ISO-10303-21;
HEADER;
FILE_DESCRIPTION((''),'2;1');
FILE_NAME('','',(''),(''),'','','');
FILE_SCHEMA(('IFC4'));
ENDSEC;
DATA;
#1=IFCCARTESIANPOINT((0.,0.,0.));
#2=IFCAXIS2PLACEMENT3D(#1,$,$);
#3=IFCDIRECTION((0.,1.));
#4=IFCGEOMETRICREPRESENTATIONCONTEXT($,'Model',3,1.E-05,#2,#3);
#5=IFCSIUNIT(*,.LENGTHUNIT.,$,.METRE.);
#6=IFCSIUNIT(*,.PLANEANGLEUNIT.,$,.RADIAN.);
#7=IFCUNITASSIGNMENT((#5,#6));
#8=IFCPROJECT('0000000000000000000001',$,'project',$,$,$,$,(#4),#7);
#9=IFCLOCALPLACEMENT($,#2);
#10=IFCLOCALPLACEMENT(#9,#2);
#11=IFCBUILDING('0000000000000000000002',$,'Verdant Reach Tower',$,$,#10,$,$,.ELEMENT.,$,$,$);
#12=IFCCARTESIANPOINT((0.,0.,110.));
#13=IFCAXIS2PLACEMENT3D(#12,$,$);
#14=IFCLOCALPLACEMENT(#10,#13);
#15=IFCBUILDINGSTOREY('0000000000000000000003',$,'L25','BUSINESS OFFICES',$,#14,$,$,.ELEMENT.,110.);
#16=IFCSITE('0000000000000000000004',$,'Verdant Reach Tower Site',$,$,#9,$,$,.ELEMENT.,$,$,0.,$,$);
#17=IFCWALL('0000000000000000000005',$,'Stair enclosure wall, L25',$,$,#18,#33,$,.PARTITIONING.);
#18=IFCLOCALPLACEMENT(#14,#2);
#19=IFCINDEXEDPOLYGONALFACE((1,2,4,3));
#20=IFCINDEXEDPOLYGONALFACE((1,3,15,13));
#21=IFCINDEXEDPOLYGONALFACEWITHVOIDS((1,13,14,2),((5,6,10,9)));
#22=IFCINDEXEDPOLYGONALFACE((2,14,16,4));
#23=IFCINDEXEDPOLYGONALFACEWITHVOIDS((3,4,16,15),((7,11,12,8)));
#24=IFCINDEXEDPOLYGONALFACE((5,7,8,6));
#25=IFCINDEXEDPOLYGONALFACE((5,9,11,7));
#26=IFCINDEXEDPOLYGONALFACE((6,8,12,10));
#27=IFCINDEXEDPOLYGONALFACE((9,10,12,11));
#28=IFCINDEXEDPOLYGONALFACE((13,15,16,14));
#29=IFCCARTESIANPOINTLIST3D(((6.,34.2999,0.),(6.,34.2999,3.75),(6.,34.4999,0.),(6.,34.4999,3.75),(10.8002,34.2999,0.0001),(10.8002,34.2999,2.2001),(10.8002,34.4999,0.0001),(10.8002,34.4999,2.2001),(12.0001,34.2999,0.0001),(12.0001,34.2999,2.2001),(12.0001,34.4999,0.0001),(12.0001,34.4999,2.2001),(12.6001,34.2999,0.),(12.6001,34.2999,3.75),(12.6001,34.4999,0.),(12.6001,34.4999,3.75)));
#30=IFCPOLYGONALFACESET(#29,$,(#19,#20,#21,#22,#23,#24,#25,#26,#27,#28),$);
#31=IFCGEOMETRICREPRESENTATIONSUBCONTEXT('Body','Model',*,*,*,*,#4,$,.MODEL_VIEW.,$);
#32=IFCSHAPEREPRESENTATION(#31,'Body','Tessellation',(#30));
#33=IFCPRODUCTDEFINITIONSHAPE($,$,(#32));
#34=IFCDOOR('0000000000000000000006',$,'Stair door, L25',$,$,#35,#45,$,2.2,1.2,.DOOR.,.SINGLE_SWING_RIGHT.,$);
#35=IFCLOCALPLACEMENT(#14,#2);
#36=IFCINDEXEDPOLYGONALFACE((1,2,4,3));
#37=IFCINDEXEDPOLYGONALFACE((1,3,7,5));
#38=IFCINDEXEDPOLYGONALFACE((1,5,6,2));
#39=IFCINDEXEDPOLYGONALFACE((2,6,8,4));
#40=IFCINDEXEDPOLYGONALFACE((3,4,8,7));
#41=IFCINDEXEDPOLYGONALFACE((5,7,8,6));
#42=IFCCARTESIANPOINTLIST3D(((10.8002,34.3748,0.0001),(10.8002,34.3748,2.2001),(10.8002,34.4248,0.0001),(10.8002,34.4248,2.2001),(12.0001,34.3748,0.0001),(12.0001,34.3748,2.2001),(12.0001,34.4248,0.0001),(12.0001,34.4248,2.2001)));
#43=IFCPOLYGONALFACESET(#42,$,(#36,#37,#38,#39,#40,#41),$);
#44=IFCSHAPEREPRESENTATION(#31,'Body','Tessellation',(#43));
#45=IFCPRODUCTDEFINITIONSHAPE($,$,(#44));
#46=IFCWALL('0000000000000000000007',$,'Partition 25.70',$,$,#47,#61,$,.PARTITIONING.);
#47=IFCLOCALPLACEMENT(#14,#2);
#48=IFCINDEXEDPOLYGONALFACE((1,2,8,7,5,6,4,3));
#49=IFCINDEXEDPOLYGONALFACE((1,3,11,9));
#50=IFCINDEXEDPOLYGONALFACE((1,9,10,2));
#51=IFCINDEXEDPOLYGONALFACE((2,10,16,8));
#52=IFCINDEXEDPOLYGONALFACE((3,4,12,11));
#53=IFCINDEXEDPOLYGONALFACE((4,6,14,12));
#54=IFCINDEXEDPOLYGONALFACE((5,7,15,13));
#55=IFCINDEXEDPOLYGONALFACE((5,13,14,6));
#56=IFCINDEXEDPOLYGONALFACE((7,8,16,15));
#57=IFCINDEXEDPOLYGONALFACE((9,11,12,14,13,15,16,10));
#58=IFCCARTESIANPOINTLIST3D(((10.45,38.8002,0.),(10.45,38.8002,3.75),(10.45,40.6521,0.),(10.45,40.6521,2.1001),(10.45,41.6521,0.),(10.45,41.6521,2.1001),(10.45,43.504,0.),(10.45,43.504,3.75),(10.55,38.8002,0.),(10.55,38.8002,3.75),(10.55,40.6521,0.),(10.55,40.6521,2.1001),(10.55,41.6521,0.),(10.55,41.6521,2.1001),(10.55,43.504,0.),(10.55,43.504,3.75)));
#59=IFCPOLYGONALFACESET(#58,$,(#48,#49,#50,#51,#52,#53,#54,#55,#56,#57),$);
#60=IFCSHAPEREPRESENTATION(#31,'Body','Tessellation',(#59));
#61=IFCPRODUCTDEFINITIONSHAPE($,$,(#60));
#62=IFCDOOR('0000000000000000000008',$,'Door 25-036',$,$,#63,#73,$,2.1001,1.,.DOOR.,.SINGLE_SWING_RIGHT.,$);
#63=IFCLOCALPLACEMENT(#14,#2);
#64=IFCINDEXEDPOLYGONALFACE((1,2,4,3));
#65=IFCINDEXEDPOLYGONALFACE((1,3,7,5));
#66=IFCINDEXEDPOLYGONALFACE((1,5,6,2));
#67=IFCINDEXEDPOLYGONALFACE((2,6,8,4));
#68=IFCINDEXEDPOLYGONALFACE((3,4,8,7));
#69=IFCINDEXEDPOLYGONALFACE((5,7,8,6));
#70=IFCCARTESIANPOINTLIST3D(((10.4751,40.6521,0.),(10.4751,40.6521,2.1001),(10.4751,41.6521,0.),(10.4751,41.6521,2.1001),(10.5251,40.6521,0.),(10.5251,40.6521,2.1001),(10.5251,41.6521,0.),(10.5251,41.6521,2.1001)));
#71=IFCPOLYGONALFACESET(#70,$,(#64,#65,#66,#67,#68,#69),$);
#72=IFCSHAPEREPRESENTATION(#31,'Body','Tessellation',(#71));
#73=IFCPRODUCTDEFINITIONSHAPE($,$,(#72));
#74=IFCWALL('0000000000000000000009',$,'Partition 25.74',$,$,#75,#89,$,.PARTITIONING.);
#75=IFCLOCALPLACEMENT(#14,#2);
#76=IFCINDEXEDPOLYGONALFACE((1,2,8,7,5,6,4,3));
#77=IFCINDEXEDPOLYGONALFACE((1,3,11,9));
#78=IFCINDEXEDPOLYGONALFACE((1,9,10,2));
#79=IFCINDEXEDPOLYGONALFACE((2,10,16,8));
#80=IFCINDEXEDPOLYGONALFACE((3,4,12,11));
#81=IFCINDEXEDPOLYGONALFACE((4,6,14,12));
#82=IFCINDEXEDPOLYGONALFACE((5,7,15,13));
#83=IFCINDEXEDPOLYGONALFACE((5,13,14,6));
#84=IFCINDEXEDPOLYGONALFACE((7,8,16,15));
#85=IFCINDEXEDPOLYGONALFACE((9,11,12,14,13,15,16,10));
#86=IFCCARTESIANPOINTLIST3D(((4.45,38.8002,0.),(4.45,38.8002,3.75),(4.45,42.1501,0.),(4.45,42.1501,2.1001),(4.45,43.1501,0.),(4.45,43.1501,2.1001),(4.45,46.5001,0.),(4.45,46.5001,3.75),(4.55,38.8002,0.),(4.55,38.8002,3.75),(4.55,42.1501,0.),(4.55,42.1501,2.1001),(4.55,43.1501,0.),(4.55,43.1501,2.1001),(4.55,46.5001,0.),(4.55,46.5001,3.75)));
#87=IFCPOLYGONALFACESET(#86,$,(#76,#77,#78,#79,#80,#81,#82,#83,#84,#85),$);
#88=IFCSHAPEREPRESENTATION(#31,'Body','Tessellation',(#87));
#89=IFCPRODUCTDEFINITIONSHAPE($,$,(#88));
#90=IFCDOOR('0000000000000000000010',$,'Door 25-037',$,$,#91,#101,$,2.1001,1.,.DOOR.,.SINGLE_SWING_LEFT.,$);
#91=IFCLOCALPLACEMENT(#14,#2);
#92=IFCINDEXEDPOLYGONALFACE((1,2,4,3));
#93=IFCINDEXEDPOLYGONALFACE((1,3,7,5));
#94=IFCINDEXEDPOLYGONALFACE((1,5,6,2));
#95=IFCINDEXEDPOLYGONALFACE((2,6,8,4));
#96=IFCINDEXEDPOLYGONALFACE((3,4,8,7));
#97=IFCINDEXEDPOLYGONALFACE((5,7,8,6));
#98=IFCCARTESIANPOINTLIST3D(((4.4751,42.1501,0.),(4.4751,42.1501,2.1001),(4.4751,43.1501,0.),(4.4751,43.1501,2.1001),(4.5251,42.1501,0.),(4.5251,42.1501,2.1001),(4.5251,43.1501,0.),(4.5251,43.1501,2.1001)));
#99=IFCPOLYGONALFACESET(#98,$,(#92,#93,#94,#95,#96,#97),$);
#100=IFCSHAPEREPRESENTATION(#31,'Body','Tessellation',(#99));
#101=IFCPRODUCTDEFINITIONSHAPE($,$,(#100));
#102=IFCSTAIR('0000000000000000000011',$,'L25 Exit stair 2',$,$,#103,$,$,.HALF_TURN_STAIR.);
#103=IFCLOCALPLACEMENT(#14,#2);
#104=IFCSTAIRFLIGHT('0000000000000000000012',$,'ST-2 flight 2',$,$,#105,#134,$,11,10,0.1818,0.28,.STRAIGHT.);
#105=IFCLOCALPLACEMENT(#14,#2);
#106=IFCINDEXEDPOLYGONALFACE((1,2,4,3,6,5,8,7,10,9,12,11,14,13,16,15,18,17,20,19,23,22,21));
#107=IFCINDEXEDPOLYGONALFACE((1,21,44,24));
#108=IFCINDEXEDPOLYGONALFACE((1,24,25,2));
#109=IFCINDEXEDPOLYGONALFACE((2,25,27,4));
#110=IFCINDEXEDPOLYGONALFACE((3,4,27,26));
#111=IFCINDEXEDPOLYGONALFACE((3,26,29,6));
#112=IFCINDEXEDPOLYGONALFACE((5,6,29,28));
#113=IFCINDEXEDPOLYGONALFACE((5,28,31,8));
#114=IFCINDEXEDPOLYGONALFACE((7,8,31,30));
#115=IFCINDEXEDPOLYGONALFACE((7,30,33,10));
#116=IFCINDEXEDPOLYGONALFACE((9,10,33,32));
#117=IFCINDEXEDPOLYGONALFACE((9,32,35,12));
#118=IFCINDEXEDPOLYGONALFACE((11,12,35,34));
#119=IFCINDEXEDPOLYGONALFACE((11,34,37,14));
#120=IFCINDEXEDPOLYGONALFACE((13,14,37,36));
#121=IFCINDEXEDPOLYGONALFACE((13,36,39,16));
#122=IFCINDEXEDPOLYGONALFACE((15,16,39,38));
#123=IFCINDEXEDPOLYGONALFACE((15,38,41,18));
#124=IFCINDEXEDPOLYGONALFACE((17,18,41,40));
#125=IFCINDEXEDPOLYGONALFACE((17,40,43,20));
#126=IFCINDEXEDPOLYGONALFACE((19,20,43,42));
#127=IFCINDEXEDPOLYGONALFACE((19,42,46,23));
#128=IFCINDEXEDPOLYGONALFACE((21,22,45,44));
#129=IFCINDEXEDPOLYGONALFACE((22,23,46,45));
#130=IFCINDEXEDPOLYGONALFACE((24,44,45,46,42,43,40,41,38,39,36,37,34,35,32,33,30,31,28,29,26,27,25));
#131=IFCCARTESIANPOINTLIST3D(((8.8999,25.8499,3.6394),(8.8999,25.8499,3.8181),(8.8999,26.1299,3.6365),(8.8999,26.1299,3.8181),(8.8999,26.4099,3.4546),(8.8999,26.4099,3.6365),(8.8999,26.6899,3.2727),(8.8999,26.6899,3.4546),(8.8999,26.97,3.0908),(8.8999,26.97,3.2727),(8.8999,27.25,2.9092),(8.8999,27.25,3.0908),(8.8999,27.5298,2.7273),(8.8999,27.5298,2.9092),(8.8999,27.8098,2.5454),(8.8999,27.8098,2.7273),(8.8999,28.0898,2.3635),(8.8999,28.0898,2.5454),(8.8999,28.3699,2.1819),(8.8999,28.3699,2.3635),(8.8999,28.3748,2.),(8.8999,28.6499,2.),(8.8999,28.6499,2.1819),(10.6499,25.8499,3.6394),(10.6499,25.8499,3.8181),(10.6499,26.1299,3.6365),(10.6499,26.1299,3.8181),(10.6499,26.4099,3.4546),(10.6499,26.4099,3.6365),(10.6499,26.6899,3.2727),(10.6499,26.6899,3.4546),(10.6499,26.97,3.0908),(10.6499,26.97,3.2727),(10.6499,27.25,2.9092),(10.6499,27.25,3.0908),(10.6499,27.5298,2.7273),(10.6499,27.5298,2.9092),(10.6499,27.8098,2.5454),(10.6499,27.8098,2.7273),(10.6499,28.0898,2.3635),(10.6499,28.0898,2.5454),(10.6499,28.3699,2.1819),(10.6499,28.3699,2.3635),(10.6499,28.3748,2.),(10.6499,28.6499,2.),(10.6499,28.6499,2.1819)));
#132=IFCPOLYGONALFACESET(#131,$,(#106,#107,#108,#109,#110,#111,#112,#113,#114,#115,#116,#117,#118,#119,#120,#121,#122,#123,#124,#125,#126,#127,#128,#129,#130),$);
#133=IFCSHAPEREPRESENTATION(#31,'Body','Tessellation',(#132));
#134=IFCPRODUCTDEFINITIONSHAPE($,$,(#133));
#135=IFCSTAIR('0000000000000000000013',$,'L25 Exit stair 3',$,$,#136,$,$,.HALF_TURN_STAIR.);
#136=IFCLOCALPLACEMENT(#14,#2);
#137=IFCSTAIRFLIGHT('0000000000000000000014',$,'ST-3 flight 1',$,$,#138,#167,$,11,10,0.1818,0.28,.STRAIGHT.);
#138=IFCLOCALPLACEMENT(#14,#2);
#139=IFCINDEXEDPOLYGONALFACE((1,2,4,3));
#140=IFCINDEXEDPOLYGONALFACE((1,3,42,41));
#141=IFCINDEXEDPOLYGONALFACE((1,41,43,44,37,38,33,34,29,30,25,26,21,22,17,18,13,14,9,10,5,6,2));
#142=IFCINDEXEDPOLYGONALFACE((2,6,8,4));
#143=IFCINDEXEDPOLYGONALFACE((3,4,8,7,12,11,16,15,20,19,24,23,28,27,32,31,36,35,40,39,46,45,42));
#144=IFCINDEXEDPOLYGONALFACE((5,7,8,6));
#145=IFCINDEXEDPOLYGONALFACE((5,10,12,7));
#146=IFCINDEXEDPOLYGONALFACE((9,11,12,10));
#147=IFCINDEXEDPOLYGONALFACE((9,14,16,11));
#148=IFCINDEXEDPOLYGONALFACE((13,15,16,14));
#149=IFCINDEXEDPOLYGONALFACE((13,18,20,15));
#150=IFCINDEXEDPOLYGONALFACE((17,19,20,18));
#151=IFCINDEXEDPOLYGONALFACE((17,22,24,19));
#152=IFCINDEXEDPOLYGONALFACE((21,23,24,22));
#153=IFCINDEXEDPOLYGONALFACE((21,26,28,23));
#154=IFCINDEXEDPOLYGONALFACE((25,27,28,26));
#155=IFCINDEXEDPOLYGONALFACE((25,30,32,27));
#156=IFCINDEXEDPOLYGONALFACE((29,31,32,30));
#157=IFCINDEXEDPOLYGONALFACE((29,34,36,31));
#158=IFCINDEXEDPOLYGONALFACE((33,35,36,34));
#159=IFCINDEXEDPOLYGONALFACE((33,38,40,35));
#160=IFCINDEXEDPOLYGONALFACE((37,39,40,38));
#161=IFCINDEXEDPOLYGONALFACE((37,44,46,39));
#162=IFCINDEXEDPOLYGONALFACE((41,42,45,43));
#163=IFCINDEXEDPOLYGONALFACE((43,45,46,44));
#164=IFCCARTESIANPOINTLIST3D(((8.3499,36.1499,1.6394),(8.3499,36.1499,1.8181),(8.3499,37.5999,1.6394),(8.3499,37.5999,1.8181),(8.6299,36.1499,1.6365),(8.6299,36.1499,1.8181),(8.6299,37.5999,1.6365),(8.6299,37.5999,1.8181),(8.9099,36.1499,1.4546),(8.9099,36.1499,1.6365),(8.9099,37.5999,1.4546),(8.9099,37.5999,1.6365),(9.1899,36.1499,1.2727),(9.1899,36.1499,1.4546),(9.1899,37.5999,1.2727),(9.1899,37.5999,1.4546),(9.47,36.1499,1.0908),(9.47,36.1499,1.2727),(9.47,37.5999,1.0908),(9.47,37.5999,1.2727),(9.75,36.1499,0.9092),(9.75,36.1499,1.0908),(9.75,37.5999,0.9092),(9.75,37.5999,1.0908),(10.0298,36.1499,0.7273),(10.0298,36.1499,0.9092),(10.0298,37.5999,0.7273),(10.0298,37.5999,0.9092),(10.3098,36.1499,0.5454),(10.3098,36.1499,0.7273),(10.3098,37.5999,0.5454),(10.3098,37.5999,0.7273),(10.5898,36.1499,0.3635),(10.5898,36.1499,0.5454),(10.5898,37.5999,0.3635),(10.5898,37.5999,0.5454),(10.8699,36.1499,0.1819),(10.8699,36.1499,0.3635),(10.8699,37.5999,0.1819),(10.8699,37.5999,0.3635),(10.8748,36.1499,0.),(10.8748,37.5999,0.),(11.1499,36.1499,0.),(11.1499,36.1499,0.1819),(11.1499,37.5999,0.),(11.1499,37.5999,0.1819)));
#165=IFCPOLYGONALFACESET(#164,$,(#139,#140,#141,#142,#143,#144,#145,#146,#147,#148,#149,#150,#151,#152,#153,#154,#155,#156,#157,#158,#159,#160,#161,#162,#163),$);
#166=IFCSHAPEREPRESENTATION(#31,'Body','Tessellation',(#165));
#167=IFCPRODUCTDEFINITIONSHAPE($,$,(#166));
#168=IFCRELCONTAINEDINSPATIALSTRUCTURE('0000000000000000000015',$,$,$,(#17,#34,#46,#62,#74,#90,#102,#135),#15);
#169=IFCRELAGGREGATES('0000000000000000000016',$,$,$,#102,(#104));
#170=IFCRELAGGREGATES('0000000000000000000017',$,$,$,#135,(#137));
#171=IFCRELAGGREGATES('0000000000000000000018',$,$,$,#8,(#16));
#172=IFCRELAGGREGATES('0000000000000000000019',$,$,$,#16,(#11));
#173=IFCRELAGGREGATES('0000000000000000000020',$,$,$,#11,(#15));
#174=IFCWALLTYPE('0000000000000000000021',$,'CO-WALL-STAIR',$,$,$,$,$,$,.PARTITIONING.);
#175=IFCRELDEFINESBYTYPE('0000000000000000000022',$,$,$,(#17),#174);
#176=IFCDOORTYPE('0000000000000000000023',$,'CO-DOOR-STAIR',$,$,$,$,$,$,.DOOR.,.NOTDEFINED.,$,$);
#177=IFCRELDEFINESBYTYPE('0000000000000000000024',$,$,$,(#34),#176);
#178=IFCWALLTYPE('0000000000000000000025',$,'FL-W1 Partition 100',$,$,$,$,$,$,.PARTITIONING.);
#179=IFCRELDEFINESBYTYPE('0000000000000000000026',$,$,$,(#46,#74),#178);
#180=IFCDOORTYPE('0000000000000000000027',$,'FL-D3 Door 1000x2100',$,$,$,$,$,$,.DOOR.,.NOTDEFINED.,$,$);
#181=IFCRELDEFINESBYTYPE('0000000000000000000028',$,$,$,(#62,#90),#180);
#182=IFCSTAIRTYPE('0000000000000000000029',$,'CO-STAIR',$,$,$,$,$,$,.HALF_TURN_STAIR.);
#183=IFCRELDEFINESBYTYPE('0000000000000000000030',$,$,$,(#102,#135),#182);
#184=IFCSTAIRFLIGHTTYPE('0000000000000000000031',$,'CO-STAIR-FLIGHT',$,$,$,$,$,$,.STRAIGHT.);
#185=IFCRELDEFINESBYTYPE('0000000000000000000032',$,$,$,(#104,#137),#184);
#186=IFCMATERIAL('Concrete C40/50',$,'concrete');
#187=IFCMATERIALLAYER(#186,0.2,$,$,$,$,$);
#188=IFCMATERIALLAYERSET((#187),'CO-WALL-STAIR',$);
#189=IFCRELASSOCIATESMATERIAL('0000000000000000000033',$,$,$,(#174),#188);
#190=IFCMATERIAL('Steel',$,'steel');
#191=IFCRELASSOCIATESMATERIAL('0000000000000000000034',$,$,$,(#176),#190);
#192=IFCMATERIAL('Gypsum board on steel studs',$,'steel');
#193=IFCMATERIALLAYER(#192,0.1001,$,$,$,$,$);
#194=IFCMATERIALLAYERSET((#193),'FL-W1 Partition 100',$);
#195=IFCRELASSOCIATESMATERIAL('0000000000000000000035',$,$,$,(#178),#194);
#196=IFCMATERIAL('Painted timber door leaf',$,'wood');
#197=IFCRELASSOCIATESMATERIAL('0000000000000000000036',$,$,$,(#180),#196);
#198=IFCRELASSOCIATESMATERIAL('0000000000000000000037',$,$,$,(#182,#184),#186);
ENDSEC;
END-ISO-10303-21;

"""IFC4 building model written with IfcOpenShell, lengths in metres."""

from ifc_helpers import new_model, si_unit, direction, frame, frame_2d, origin, place, context, subcontext, project, spatial, polyline, rectangle, outline, extrude, material, layer, layer_set, type_object, element, fill, aggregate, save


model = new_model("IFC4")

# Units and contexts
model_context = context("Model", 3, precision=1e-05, world=origin(), true_north=direction((0.0, 1.0)))
body_context = subcontext(model_context, "Body", "Model", "MODEL_VIEW")
ifc_project = project(units=[si_unit("LENGTHUNIT", "METRE"), si_unit("PLANEANGLEUNIT", "RADIAN")], contexts=[model_context])

# Site, building, storey
site_placement = place(None, origin())
site = spatial("IfcSite", under=ifc_project, at=site_placement, Name="Verdant Reach Tower Site", CompositionType="ELEMENT", RefElevation=0.0)
building_placement = place(site_placement, origin())
building = spatial("IfcBuilding", under=site, at=building_placement, Name="Verdant Reach Tower", CompositionType="ELEMENT")
storey_placement = place(building_placement, frame((0.0, 0.0, 110.0)))
storey = spatial("IfcBuildingStorey", under=building, at=storey_placement, Name="L25", Description="BUSINESS OFFICES", CompositionType="ELEMENT", Elevation=110.0)

# Shared definitions
ifc_material_1 = material(Name="Concrete C40/50", Category="concrete")
ifc_layer_1 = layer(ifc_material_1, 0.2)
ifc_layer_set_1 = layer_set([ifc_layer_1], Name="CO-WALL-STAIR")
wall_type_1 = type_object("IfcWallType", Name="CO-WALL-STAIR", PredefinedType="PARTITIONING", material=ifc_layer_set_1)

# Walls, openings, doors
wall_1_placement = place(storey_placement, frame((6.0, 34.3999, 0.0), z_axis=(0.0, 0.0, 1.0), x_axis=(1.0, 0.0, 0.0)))
wall_1 = element("IfcWall", 1, at=wall_1_placement, inside=storey, type_object=wall_type_1, Name="Stair enclosure wall, L25", PredefinedType="PARTITIONING", context=body_context, shape_type="SweptSolid", body=[
    extrude(rectangle(XDim=6.6001, YDim=0.2, at=frame_2d((3.3, 0.0))), origin(), (0.0, 0.0, 1.0), 3.75),
])
opening_1_placement = place(wall_1_placement, frame((4.8, 0.0, 0.0)))
opening_1 = element("IfcOpeningElement", 2, at=opening_1_placement, cuts=wall_1, PredefinedType="OPENING", context=body_context, shape_type="SweptSolid", body=[
    extrude(rectangle(XDim=1.2, YDim=2.2, at=frame_2d((0.6001, 1.1001))), frame((0.0, 0.1099, 0.0), z_axis=(0.0, -1.0, 0.0), x_axis=(1.0, 0.0, 0.0)), (0.0, 0.0, 1.0), 0.22),
])
ifc_material_2 = material(Name="Steel", Category="steel")
door_type_1 = type_object("IfcDoorType", Name="CO-DOOR-STAIR", OperationType="NOTDEFINED", PredefinedType="DOOR", material=ifc_material_2)
door_1_placement = place(opening_1_placement, origin())
door_1 = element("IfcDoor", 3, at=door_1_placement, inside=storey, type_object=door_type_1, Name="Stair door, L25", OperationType="SINGLE_SWING_RIGHT", OverallHeight=2.2, OverallWidth=1.2, PredefinedType="DOOR", context=body_context, shape_type="SweptSolid", body=[
    extrude(rectangle(XDim=1.2, YDim=2.2, at=frame_2d((0.6001, 1.1001))), frame((0.0, 0.0249, 0.0), z_axis=(0.0, -1.0, 0.0), x_axis=(1.0, 0.0, 0.0)), (0.0, 0.0, 1.0), 0.05),
])
fill(opening_1, door_1)
ifc_material_3 = material(Name="Gypsum board on steel studs", Category="steel")
ifc_layer_2 = layer(ifc_material_3, 0.1001)
ifc_layer_set_2 = layer_set([ifc_layer_2], Name="FL-W1 Partition 100")
wall_type_2 = type_object("IfcWallType", Name="FL-W1 Partition 100", PredefinedType="PARTITIONING", material=ifc_layer_set_2)
wall_2_placement = place(storey_placement, frame((10.5, 38.8, 0.0), z_axis=(0.0, 0.0, 1.0), x_axis=(0.0, 1.0, 0.0)))
wall_2 = element("IfcWall", 4, at=wall_2_placement, inside=storey, type_object=wall_type_2, Name="Partition 25.70", PredefinedType="PARTITIONING", context=body_context, shape_type="SweptSolid", body=[
    extrude(rectangle(XDim=4.7039, YDim=0.1001, at=frame_2d((2.3521, 0.0))), origin(), (0.0, 0.0, 1.0), 3.75),
])
opening_2_placement = place(wall_2_placement, frame((1.8521, 0.0, 0.0)))
opening_2 = element("IfcOpeningElement", 5, at=opening_2_placement, cuts=wall_2, PredefinedType="OPENING", context=body_context, shape_type="SweptSolid", body=[
    extrude(rectangle(XDim=1.0, YDim=2.1001, at=frame_2d((0.5, 1.05))), frame((0.0, 0.0601, 0.0), z_axis=(0.0, -1.0, 0.0), x_axis=(1.0, 0.0, 0.0)), (0.0, 0.0, 1.0), 0.1201),
])
ifc_material_4 = material(Name="Painted timber door leaf", Category="wood")
door_type_2 = type_object("IfcDoorType", Name="FL-D3 Door 1000x2100", OperationType="NOTDEFINED", PredefinedType="DOOR", material=ifc_material_4)
door_2_placement = place(opening_2_placement, origin())
door_2 = element("IfcDoor", 6, at=door_2_placement, inside=storey, type_object=door_type_2, Name="Door 25-036", OperationType="SINGLE_SWING_RIGHT", OverallHeight=2.1001, OverallWidth=1.0, PredefinedType="DOOR", context=body_context, shape_type="SweptSolid", body=[
    extrude(rectangle(XDim=1.0, YDim=2.1001, at=frame_2d((0.5, 1.05))), frame((0.0, 0.0249, 0.0), z_axis=(0.0, -1.0, 0.0), x_axis=(1.0, 0.0, 0.0)), (0.0, 0.0, 1.0), 0.05),
])
fill(opening_2, door_2)
wall_3_placement = place(storey_placement, frame((4.5, 38.8, 0.0), z_axis=(0.0, 0.0, 1.0), x_axis=(0.0, 1.0, 0.0)))
wall_3 = element("IfcWall", 7, at=wall_3_placement, inside=storey, type_object=wall_type_2, Name="Partition 25.74", PredefinedType="PARTITIONING", context=body_context, shape_type="SweptSolid", body=[
    extrude(rectangle(XDim=7.7, YDim=0.1001, at=frame_2d((3.8501, 0.0))), origin(), (0.0, 0.0, 1.0), 3.75),
])
opening_3_placement = place(wall_3_placement, frame((3.3501, 0.0, 0.0)))
opening_3 = element("IfcOpeningElement", 8, at=opening_3_placement, cuts=wall_3, PredefinedType="OPENING", context=body_context, shape_type="SweptSolid", body=[
    extrude(rectangle(XDim=1.0, YDim=2.1001, at=frame_2d((0.5, 1.05))), frame((0.0, 0.0601, 0.0), z_axis=(0.0, -1.0, 0.0), x_axis=(1.0, 0.0, 0.0)), (0.0, 0.0, 1.0), 0.1201),
])
door_3_placement = place(opening_3_placement, origin())
door_3 = element("IfcDoor", 9, at=door_3_placement, inside=storey, type_object=door_type_2, Name="Door 25-037", OperationType="SINGLE_SWING_LEFT", OverallHeight=2.1001, OverallWidth=1.0, PredefinedType="DOOR", context=body_context, shape_type="SweptSolid", body=[
    extrude(rectangle(XDim=1.0, YDim=2.1001, at=frame_2d((0.5, 1.05))), frame((0.0, 0.0249, 0.0), z_axis=(0.0, -1.0, 0.0), x_axis=(1.0, 0.0, 0.0)), (0.0, 0.0, 1.0), 0.05),
])
fill(opening_3, door_3)

# Stair, stair flight
stair_type = type_object("IfcStairType", Name="CO-STAIR", PredefinedType="HALF_TURN_STAIR", material=ifc_material_1)
stair_1_placement = place(storey_placement, origin())
stair_1 = element("IfcStair", 10, at=stair_1_placement, inside=storey, type_object=stair_type, Name="L25 Exit stair 2", PredefinedType="HALF_TURN_STAIR")
stair_flight_type = type_object("IfcStairFlightType", Name="CO-STAIR-FLIGHT", PredefinedType="STRAIGHT", material=ifc_material_1)
stair_flight_1_placement = place(storey_placement, frame((9.7749, 28.6499, 2.0), z_axis=(0.0, 0.0, 1.0), x_axis=(0.0, -1.0, 0.0)))
stair_flight_1 = element("IfcStairFlight", 11, at=stair_flight_1_placement, type_object=stair_flight_type, Name="ST-2 flight 2", NumberOfRisers=11, NumberOfTreads=10, PredefinedType="STRAIGHT", RiserHeight=0.1818, TreadLength=0.28, context=body_context, shape_type="SweptSolid", body=[
    extrude(outline(polyline([(0.0, 0.0), (0.0, 0.1819), (0.28, 0.1819), (0.28, 0.3635), (0.5601, 0.3635), (0.5601, 0.5454), (0.8401, 0.5454), (0.8401, 0.7273), (1.1201, 0.7273), (1.1201, 0.9092), (1.3999, 0.9092), (1.3999, 1.0908), (1.6799, 1.0908), (1.6799, 1.2727), (1.96, 1.2727), (1.96, 1.4546), (2.24, 1.4546), (2.24, 1.6365), (2.52, 1.6365), (2.52, 1.8181), (2.8, 1.8181), (2.8, 2.0), (2.8, 1.6394), (0.2751, 0.0), (0.0, 0.0)])), frame((0.0, 0.875, 0.0), z_axis=(0.0, -1.0, 0.0), x_axis=(1.0, 0.0, 0.0)), (0.0, 0.0, 1.0), 1.75),
])
aggregate(stair_1, [stair_flight_1])

# Stair, stair flight
stair_2_placement = place(storey_placement, origin())
stair_2 = element("IfcStair", 12, at=stair_2_placement, inside=storey, type_object=stair_type, Name="L25 Exit stair 3", PredefinedType="HALF_TURN_STAIR")
stair_flight_2_placement = place(storey_placement, frame((11.1499, 36.875, 0.0), z_axis=(0.0, 0.0, 1.0), x_axis=(-1.0, 0.0, 0.0)))
stair_flight_2 = element("IfcStairFlight", 13, at=stair_flight_2_placement, type_object=stair_flight_type, Name="ST-3 flight 1", NumberOfRisers=11, NumberOfTreads=10, PredefinedType="STRAIGHT", RiserHeight=0.1818, TreadLength=0.28, context=body_context, shape_type="SweptSolid", body=[
    extrude(outline(polyline([(0.0, 0.0), (0.0, 0.1819), (0.28, 0.1819), (0.28, 0.3635), (0.5601, 0.3635), (0.5601, 0.5454), (0.8401, 0.5454), (0.8401, 0.7273), (1.1201, 0.7273), (1.1201, 0.9092), (1.3999, 0.9092), (1.3999, 1.0908), (1.6799, 1.0908), (1.6799, 1.2727), (1.96, 1.2727), (1.96, 1.4546), (2.24, 1.4546), (2.24, 1.6365), (2.52, 1.6365), (2.52, 1.8181), (2.8, 1.8181), (2.8, 2.0), (2.8, 1.6394), (0.2751, 0.0), (0.0, 0.0)])), frame((0.0, 0.7251, 0.0), z_axis=(0.0, -1.0, 0.0), x_axis=(1.0, 0.0, 0.0)), (0.0, 0.0, 1.0), 1.45),
])
aggregate(stair_2, [stair_flight_2])

save(model, "model.ifc")
